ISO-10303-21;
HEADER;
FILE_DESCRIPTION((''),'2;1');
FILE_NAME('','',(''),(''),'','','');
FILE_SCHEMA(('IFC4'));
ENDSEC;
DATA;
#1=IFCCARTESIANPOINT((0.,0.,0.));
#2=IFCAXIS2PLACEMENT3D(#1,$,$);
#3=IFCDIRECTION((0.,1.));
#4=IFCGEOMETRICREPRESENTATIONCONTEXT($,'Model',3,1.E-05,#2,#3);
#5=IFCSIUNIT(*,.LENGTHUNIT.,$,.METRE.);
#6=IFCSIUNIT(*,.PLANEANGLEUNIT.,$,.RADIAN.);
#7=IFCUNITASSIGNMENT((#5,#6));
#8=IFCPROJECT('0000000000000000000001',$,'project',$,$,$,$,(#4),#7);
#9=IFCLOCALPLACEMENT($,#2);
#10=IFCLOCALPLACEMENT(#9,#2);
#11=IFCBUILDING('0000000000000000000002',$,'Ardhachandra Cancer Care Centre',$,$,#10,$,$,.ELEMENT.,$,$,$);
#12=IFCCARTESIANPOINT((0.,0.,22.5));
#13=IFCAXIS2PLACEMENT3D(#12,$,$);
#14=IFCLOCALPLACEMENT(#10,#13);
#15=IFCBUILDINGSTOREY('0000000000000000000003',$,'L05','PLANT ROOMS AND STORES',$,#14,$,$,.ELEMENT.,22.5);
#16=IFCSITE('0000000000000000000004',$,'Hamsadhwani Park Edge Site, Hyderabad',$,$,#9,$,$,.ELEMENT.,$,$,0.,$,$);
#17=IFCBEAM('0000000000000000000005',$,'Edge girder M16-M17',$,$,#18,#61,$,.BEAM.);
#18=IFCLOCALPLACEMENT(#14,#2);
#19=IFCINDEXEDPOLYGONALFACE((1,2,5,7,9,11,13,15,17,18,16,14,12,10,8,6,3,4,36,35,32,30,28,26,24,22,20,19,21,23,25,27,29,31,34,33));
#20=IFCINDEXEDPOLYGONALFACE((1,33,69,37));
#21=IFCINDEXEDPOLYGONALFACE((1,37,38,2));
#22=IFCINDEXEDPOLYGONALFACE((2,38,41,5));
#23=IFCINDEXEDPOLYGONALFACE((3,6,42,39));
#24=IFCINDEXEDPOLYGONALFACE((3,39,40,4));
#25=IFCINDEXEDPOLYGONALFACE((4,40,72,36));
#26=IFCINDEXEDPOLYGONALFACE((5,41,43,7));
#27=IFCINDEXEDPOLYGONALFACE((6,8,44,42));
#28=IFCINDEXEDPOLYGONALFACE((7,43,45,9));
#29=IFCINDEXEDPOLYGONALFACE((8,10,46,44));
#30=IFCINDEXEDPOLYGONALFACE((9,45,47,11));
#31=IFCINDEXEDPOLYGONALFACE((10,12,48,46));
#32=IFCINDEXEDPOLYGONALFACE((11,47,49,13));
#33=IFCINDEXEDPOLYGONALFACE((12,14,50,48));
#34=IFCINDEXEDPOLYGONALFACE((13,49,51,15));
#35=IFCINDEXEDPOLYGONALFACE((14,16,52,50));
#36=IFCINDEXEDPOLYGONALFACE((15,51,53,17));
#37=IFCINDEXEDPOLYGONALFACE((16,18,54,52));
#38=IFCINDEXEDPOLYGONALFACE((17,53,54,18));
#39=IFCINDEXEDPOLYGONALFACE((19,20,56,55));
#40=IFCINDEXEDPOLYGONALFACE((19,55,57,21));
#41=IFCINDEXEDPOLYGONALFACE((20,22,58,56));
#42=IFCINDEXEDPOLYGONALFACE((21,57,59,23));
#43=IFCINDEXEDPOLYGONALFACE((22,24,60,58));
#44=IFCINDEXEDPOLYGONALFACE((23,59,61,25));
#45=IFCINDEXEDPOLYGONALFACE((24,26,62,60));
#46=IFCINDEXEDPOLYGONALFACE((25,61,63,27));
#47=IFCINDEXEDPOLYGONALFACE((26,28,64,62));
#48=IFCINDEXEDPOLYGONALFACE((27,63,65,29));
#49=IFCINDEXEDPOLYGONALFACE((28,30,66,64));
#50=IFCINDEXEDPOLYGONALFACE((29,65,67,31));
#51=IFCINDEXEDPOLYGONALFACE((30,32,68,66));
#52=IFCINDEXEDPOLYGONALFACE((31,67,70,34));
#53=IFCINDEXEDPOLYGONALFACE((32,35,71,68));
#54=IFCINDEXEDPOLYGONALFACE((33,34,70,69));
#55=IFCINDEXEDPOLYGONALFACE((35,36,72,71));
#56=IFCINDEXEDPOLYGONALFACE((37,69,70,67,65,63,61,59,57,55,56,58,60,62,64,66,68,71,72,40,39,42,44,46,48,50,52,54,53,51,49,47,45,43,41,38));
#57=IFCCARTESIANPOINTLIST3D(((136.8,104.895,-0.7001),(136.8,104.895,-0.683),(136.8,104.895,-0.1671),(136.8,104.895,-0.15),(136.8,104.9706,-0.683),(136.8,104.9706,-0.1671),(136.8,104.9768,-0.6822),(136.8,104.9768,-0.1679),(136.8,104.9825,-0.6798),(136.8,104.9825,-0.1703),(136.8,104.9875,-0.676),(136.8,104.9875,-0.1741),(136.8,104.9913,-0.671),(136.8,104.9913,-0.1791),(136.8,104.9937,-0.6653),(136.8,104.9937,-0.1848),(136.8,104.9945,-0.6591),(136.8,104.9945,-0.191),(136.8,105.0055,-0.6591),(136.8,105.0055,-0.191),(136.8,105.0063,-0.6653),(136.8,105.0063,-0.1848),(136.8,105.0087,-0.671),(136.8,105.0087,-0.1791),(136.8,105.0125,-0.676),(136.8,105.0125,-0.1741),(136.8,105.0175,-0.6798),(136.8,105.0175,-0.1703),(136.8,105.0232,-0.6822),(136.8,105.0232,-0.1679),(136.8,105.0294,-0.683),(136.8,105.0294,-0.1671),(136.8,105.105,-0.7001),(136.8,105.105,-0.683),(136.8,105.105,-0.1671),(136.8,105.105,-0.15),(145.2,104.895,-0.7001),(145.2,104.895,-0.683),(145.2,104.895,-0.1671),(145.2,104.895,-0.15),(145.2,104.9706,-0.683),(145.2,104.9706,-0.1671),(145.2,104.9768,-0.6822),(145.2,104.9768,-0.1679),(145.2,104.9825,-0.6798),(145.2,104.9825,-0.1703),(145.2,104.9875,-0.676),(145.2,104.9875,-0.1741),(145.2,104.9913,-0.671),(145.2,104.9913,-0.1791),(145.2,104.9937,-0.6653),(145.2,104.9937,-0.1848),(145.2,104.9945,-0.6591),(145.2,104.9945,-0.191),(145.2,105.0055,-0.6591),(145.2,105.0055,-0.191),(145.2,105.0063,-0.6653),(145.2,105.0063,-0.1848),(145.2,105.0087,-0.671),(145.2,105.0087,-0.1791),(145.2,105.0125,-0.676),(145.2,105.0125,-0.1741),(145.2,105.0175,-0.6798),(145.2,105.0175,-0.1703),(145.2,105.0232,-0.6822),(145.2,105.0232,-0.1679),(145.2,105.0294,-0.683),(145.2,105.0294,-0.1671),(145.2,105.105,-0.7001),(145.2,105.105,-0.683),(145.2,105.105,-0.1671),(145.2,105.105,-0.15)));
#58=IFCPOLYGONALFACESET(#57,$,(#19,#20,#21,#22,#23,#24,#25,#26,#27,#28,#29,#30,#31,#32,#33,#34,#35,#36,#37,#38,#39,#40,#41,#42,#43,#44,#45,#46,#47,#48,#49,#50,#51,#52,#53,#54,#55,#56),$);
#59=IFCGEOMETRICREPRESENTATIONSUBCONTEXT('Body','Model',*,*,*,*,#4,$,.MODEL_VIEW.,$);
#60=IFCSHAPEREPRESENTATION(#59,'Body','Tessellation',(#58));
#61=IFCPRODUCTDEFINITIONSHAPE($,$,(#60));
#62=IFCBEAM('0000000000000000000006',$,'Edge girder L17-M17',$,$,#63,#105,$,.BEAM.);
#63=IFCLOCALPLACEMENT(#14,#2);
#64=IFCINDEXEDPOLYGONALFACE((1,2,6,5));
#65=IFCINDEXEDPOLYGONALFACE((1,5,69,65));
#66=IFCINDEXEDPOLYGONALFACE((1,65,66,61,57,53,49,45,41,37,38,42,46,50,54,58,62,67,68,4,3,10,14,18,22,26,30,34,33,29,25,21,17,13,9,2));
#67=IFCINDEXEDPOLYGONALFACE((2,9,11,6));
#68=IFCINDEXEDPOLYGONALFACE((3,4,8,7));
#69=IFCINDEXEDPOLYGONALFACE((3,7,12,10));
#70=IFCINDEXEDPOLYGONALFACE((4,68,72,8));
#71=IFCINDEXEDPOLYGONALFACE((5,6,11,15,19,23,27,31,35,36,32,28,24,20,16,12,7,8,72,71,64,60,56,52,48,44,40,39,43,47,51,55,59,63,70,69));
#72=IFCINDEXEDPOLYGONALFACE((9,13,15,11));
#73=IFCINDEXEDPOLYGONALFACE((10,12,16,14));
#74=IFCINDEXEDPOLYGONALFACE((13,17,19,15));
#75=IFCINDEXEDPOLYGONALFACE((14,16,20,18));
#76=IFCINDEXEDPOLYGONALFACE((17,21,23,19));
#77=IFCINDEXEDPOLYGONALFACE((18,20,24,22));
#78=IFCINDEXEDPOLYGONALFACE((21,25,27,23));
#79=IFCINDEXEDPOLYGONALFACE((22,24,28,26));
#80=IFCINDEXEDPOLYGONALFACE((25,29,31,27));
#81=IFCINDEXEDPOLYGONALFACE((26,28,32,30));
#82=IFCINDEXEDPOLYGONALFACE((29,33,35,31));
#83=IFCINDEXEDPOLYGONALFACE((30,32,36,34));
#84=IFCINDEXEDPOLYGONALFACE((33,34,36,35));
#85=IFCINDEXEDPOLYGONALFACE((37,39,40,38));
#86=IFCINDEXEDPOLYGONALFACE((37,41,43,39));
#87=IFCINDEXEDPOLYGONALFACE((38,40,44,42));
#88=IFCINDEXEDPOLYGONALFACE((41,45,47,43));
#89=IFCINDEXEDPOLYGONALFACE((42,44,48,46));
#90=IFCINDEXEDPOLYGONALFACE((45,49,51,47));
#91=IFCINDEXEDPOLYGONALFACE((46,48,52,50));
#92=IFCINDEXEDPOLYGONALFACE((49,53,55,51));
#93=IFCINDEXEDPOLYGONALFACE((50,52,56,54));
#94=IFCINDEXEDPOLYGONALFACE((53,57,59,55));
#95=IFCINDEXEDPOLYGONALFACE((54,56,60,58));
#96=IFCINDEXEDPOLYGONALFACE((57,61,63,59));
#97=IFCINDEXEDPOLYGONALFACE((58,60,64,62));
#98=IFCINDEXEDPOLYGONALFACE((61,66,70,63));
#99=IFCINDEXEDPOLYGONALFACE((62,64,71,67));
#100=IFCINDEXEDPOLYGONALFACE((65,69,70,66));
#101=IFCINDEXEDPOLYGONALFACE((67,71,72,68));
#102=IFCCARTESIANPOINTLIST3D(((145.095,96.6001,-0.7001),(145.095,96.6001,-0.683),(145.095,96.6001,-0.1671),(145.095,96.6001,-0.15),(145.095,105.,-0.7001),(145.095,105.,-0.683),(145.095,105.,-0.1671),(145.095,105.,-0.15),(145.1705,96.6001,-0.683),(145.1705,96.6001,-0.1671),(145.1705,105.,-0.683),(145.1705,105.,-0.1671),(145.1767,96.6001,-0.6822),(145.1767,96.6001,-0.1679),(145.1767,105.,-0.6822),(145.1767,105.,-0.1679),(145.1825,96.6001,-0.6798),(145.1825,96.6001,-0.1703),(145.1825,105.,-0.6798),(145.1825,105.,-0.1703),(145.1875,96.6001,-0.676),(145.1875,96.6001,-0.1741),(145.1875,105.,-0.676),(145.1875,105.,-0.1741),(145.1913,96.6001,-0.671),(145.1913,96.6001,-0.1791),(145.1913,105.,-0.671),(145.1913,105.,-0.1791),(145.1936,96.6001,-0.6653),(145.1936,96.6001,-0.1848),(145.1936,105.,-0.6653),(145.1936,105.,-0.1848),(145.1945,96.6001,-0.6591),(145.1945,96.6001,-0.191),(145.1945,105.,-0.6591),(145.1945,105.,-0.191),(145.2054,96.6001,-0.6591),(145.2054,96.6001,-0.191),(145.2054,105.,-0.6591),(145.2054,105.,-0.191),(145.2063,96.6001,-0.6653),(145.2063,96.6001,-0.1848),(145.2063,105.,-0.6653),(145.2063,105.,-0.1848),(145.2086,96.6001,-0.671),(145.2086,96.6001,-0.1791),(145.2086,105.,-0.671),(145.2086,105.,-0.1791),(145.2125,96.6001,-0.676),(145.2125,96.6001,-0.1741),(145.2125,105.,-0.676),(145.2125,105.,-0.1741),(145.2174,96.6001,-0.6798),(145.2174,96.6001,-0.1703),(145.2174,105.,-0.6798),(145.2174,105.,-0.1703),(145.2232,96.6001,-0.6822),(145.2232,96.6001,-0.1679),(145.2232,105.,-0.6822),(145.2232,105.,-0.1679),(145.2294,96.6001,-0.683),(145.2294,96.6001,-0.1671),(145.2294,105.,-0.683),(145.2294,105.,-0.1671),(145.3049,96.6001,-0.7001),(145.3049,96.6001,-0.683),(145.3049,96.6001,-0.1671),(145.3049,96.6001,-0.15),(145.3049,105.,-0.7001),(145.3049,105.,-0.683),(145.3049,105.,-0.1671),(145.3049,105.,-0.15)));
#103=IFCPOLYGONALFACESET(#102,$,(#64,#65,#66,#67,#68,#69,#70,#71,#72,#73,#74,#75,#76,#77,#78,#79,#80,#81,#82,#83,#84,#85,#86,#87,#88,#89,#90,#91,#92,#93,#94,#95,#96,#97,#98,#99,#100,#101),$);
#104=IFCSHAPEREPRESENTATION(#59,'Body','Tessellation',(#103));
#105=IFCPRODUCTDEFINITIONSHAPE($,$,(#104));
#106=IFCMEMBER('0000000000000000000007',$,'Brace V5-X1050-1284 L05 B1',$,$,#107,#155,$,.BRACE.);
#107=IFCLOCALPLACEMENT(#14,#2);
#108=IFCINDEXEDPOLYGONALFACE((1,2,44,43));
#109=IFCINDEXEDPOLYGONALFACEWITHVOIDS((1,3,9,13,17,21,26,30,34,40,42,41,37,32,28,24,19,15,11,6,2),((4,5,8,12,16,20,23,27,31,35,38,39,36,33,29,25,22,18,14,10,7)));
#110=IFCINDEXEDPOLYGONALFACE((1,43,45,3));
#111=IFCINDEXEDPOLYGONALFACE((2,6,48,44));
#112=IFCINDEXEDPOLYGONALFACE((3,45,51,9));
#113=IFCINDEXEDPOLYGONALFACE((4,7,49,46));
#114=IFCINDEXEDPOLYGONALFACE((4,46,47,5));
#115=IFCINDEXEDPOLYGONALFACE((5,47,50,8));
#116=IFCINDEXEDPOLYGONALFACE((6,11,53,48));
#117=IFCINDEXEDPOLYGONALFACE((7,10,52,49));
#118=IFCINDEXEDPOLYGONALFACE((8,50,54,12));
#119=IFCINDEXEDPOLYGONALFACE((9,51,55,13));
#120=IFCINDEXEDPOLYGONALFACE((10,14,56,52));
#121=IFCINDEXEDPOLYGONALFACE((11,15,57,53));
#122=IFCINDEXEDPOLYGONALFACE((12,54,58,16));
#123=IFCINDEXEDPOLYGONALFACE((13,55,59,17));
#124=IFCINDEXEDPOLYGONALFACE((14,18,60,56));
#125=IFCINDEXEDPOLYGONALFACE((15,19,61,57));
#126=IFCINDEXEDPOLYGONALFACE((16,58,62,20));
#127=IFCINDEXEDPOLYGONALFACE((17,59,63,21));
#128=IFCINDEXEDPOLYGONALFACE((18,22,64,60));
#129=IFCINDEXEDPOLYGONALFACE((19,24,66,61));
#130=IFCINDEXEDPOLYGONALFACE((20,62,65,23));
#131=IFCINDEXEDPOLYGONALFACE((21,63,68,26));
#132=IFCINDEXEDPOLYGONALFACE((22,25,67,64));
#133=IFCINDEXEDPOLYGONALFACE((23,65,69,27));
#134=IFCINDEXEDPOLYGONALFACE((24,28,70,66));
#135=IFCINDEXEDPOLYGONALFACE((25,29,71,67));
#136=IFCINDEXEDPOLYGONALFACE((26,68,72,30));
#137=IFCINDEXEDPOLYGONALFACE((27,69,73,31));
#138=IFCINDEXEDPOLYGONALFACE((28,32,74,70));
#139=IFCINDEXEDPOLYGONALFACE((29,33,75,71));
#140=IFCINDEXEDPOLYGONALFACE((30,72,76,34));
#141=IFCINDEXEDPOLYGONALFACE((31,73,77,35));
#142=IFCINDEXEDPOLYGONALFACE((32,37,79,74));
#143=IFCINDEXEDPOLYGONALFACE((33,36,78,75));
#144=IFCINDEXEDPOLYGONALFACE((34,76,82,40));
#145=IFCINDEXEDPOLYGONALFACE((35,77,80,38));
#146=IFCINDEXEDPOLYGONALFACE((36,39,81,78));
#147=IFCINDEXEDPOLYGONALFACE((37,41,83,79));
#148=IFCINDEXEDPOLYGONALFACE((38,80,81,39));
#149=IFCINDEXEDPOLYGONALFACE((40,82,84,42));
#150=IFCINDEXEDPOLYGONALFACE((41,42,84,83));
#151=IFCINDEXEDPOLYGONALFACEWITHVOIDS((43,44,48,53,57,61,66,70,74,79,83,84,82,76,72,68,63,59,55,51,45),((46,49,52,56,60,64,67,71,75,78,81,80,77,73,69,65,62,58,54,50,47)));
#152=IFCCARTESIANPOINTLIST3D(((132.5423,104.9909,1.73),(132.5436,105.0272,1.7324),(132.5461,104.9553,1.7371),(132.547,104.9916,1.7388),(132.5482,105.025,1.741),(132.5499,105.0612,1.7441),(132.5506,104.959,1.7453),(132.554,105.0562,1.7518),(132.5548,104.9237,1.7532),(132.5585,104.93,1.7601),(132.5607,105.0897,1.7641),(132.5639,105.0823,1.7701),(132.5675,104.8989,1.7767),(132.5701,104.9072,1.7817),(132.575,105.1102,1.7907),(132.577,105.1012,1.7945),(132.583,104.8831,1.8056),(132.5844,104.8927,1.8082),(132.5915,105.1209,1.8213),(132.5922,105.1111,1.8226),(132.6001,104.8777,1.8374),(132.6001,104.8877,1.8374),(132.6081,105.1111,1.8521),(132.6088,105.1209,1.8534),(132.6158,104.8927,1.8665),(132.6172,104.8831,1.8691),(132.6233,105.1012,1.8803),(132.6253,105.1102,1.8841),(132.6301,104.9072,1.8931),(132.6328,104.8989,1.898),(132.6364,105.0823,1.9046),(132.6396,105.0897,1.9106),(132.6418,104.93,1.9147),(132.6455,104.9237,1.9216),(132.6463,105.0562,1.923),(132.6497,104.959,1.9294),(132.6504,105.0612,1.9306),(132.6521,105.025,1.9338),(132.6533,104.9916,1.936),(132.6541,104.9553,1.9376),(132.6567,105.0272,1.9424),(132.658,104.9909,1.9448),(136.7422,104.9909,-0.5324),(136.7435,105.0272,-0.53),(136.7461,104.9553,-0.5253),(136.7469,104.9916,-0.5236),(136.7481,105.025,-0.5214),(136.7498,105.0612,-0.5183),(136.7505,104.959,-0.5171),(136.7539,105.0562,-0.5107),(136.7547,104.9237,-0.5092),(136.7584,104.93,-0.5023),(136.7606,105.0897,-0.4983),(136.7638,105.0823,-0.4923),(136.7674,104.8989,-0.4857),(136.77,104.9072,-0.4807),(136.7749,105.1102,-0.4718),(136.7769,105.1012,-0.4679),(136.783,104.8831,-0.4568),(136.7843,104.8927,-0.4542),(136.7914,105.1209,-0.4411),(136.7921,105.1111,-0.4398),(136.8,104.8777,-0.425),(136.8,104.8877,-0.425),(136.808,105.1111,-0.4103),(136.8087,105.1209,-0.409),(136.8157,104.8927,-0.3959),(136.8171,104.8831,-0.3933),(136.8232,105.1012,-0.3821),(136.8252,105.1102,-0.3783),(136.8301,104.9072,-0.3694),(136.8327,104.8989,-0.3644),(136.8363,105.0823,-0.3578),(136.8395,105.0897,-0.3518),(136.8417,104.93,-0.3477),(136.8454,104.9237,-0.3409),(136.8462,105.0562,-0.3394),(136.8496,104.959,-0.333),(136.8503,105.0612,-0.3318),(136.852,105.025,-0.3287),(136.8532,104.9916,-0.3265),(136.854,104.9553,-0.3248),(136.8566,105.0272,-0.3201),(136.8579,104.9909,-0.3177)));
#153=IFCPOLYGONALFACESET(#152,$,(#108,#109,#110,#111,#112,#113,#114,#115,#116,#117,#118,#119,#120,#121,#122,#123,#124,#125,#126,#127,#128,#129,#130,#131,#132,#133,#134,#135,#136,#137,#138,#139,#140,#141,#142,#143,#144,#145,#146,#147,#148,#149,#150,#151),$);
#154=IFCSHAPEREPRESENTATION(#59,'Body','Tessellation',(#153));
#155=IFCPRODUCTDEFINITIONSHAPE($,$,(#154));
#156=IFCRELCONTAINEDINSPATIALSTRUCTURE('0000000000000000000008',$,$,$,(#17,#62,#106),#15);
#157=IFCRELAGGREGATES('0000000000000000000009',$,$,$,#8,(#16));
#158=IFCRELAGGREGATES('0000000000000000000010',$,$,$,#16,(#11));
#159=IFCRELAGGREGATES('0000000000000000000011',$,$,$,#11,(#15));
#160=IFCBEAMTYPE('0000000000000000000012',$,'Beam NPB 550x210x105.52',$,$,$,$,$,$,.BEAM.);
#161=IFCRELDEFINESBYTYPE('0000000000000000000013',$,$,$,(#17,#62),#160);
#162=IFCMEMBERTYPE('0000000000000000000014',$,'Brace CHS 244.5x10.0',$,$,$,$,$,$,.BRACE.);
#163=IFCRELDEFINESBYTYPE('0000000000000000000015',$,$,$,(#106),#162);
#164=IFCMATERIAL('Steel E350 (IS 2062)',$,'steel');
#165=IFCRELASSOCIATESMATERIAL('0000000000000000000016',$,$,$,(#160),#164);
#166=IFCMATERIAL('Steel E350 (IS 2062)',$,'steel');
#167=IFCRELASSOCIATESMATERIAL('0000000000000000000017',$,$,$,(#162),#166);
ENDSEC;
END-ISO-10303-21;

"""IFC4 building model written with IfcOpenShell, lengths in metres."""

from ifc_helpers import new_model, si_unit, direction, frame, origin, origin_2d, place, context, subcontext, project, spatial, hollow_circle, i_section, extrude, material, material_profile, profile_set, type_object, element, save


model = new_model("IFC4")

# Units and contexts
model_context = context("Model", 3, precision=1e-05, world=origin(), true_north=direction((0.0, 1.0)))
body_context = subcontext(model_context, "Body", "Model", "MODEL_VIEW")
ifc_project = project(units=[si_unit("LENGTHUNIT", "METRE"), si_unit("PLANEANGLEUNIT", "RADIAN")], contexts=[model_context])

# Site, building, storey
site_placement = place(None, origin())
site = spatial("IfcSite", under=ifc_project, at=site_placement, Name="Hamsadhwani Park Edge Site, Hyderabad", CompositionType="ELEMENT", RefElevation=0.0)
building_placement = place(site_placement, origin())
building = spatial("IfcBuilding", under=site, at=building_placement, Name="Ardhachandra Cancer Care Centre", CompositionType="ELEMENT")
storey_placement = place(building_placement, frame((0.0, 0.0, 22.5)))
storey = spatial("IfcBuildingStorey", under=building, at=storey_placement, Name="L05", Description="PLANT ROOMS AND STORES", CompositionType="ELEMENT", Elevation=22.5)

# Beams
ifc_material_1 = material(Name="Steel E350 (IS 2062)", Category="steel")
ifc_material_profile_1 = material_profile(ifc_material_1, i_section(OverallWidth=0.21, OverallDepth=0.55, WebThickness=0.011, FlangeThickness=0.0171, FilletRadius=0.0239, at=origin_2d()), Name="NPB 550x210x105.52")
ifc_profile_set_1 = profile_set([ifc_material_profile_1], Name="Steel E350 (IS 2062)")
beam_type_1 = type_object("IfcBeamType", Name="Beam NPB 550x210x105.52", PredefinedType="BEAM", material=ifc_profile_set_1)
for number, where, z_axis, x_axis, name in (
    (1, (136.8, 105.0, -0.425), (1.0, 0.0, 0.0), (0.0, 1.0, 0.0), "Edge girder M16-M17"),
    (2, (145.2, 96.6001, -0.425), (0.0, 1.0, 0.0), (-1.0, 0.0, 0.0), "Edge girder L17-M17"),
):
    element("IfcBeam", number, at=place(storey_placement, frame(where, z_axis=z_axis, x_axis=x_axis)), inside=storey, type_object=beam_type_1, Name=name, PredefinedType="BEAM", context=body_context, shape_type="SweptSolid", body=[
        extrude(i_section(OverallWidth=0.21, OverallDepth=0.55, WebThickness=0.011, FlangeThickness=0.0171, FilletRadius=0.0239, at=origin_2d()), origin(), (0.0, 0.0, 1.0), 8.3999),
    ])

# Member
ifc_material_2 = material(Name="Steel E350 (IS 2062)", Category="steel")
ifc_material_profile_2 = material_profile(ifc_material_2, hollow_circle(Radius=0.1223, WallThickness=0.01, at=origin_2d()), Name="CHS 244.5x10.0")
ifc_profile_set_2 = profile_set([ifc_material_profile_2], Name="Steel E350 (IS 2062)")
member_type = type_object("IfcMemberType", Name="Brace CHS 244.5x10.0", PredefinedType="BRACE", material=ifc_profile_set_2)
member_1_placement = place(storey_placement, frame((136.8, 105.0, -0.425), z_axis=(-0.880389, 0.0, 0.474252), x_axis=(0.0, -1.0, 0.0)))
element("IfcMember", 3, at=member_1_placement, inside=storey, type_object=member_type, Name="Brace V5-X1050-1284 L05 B1", PredefinedType="BRACE", context=body_context, shape_type="SweptSolid", body=[
    extrude(hollow_circle(Radius=0.1223, WallThickness=0.01, at=origin_2d()), origin(), (0.0, 0.0, 1.0), 4.7705),
])

save(model, "model.ifc")
